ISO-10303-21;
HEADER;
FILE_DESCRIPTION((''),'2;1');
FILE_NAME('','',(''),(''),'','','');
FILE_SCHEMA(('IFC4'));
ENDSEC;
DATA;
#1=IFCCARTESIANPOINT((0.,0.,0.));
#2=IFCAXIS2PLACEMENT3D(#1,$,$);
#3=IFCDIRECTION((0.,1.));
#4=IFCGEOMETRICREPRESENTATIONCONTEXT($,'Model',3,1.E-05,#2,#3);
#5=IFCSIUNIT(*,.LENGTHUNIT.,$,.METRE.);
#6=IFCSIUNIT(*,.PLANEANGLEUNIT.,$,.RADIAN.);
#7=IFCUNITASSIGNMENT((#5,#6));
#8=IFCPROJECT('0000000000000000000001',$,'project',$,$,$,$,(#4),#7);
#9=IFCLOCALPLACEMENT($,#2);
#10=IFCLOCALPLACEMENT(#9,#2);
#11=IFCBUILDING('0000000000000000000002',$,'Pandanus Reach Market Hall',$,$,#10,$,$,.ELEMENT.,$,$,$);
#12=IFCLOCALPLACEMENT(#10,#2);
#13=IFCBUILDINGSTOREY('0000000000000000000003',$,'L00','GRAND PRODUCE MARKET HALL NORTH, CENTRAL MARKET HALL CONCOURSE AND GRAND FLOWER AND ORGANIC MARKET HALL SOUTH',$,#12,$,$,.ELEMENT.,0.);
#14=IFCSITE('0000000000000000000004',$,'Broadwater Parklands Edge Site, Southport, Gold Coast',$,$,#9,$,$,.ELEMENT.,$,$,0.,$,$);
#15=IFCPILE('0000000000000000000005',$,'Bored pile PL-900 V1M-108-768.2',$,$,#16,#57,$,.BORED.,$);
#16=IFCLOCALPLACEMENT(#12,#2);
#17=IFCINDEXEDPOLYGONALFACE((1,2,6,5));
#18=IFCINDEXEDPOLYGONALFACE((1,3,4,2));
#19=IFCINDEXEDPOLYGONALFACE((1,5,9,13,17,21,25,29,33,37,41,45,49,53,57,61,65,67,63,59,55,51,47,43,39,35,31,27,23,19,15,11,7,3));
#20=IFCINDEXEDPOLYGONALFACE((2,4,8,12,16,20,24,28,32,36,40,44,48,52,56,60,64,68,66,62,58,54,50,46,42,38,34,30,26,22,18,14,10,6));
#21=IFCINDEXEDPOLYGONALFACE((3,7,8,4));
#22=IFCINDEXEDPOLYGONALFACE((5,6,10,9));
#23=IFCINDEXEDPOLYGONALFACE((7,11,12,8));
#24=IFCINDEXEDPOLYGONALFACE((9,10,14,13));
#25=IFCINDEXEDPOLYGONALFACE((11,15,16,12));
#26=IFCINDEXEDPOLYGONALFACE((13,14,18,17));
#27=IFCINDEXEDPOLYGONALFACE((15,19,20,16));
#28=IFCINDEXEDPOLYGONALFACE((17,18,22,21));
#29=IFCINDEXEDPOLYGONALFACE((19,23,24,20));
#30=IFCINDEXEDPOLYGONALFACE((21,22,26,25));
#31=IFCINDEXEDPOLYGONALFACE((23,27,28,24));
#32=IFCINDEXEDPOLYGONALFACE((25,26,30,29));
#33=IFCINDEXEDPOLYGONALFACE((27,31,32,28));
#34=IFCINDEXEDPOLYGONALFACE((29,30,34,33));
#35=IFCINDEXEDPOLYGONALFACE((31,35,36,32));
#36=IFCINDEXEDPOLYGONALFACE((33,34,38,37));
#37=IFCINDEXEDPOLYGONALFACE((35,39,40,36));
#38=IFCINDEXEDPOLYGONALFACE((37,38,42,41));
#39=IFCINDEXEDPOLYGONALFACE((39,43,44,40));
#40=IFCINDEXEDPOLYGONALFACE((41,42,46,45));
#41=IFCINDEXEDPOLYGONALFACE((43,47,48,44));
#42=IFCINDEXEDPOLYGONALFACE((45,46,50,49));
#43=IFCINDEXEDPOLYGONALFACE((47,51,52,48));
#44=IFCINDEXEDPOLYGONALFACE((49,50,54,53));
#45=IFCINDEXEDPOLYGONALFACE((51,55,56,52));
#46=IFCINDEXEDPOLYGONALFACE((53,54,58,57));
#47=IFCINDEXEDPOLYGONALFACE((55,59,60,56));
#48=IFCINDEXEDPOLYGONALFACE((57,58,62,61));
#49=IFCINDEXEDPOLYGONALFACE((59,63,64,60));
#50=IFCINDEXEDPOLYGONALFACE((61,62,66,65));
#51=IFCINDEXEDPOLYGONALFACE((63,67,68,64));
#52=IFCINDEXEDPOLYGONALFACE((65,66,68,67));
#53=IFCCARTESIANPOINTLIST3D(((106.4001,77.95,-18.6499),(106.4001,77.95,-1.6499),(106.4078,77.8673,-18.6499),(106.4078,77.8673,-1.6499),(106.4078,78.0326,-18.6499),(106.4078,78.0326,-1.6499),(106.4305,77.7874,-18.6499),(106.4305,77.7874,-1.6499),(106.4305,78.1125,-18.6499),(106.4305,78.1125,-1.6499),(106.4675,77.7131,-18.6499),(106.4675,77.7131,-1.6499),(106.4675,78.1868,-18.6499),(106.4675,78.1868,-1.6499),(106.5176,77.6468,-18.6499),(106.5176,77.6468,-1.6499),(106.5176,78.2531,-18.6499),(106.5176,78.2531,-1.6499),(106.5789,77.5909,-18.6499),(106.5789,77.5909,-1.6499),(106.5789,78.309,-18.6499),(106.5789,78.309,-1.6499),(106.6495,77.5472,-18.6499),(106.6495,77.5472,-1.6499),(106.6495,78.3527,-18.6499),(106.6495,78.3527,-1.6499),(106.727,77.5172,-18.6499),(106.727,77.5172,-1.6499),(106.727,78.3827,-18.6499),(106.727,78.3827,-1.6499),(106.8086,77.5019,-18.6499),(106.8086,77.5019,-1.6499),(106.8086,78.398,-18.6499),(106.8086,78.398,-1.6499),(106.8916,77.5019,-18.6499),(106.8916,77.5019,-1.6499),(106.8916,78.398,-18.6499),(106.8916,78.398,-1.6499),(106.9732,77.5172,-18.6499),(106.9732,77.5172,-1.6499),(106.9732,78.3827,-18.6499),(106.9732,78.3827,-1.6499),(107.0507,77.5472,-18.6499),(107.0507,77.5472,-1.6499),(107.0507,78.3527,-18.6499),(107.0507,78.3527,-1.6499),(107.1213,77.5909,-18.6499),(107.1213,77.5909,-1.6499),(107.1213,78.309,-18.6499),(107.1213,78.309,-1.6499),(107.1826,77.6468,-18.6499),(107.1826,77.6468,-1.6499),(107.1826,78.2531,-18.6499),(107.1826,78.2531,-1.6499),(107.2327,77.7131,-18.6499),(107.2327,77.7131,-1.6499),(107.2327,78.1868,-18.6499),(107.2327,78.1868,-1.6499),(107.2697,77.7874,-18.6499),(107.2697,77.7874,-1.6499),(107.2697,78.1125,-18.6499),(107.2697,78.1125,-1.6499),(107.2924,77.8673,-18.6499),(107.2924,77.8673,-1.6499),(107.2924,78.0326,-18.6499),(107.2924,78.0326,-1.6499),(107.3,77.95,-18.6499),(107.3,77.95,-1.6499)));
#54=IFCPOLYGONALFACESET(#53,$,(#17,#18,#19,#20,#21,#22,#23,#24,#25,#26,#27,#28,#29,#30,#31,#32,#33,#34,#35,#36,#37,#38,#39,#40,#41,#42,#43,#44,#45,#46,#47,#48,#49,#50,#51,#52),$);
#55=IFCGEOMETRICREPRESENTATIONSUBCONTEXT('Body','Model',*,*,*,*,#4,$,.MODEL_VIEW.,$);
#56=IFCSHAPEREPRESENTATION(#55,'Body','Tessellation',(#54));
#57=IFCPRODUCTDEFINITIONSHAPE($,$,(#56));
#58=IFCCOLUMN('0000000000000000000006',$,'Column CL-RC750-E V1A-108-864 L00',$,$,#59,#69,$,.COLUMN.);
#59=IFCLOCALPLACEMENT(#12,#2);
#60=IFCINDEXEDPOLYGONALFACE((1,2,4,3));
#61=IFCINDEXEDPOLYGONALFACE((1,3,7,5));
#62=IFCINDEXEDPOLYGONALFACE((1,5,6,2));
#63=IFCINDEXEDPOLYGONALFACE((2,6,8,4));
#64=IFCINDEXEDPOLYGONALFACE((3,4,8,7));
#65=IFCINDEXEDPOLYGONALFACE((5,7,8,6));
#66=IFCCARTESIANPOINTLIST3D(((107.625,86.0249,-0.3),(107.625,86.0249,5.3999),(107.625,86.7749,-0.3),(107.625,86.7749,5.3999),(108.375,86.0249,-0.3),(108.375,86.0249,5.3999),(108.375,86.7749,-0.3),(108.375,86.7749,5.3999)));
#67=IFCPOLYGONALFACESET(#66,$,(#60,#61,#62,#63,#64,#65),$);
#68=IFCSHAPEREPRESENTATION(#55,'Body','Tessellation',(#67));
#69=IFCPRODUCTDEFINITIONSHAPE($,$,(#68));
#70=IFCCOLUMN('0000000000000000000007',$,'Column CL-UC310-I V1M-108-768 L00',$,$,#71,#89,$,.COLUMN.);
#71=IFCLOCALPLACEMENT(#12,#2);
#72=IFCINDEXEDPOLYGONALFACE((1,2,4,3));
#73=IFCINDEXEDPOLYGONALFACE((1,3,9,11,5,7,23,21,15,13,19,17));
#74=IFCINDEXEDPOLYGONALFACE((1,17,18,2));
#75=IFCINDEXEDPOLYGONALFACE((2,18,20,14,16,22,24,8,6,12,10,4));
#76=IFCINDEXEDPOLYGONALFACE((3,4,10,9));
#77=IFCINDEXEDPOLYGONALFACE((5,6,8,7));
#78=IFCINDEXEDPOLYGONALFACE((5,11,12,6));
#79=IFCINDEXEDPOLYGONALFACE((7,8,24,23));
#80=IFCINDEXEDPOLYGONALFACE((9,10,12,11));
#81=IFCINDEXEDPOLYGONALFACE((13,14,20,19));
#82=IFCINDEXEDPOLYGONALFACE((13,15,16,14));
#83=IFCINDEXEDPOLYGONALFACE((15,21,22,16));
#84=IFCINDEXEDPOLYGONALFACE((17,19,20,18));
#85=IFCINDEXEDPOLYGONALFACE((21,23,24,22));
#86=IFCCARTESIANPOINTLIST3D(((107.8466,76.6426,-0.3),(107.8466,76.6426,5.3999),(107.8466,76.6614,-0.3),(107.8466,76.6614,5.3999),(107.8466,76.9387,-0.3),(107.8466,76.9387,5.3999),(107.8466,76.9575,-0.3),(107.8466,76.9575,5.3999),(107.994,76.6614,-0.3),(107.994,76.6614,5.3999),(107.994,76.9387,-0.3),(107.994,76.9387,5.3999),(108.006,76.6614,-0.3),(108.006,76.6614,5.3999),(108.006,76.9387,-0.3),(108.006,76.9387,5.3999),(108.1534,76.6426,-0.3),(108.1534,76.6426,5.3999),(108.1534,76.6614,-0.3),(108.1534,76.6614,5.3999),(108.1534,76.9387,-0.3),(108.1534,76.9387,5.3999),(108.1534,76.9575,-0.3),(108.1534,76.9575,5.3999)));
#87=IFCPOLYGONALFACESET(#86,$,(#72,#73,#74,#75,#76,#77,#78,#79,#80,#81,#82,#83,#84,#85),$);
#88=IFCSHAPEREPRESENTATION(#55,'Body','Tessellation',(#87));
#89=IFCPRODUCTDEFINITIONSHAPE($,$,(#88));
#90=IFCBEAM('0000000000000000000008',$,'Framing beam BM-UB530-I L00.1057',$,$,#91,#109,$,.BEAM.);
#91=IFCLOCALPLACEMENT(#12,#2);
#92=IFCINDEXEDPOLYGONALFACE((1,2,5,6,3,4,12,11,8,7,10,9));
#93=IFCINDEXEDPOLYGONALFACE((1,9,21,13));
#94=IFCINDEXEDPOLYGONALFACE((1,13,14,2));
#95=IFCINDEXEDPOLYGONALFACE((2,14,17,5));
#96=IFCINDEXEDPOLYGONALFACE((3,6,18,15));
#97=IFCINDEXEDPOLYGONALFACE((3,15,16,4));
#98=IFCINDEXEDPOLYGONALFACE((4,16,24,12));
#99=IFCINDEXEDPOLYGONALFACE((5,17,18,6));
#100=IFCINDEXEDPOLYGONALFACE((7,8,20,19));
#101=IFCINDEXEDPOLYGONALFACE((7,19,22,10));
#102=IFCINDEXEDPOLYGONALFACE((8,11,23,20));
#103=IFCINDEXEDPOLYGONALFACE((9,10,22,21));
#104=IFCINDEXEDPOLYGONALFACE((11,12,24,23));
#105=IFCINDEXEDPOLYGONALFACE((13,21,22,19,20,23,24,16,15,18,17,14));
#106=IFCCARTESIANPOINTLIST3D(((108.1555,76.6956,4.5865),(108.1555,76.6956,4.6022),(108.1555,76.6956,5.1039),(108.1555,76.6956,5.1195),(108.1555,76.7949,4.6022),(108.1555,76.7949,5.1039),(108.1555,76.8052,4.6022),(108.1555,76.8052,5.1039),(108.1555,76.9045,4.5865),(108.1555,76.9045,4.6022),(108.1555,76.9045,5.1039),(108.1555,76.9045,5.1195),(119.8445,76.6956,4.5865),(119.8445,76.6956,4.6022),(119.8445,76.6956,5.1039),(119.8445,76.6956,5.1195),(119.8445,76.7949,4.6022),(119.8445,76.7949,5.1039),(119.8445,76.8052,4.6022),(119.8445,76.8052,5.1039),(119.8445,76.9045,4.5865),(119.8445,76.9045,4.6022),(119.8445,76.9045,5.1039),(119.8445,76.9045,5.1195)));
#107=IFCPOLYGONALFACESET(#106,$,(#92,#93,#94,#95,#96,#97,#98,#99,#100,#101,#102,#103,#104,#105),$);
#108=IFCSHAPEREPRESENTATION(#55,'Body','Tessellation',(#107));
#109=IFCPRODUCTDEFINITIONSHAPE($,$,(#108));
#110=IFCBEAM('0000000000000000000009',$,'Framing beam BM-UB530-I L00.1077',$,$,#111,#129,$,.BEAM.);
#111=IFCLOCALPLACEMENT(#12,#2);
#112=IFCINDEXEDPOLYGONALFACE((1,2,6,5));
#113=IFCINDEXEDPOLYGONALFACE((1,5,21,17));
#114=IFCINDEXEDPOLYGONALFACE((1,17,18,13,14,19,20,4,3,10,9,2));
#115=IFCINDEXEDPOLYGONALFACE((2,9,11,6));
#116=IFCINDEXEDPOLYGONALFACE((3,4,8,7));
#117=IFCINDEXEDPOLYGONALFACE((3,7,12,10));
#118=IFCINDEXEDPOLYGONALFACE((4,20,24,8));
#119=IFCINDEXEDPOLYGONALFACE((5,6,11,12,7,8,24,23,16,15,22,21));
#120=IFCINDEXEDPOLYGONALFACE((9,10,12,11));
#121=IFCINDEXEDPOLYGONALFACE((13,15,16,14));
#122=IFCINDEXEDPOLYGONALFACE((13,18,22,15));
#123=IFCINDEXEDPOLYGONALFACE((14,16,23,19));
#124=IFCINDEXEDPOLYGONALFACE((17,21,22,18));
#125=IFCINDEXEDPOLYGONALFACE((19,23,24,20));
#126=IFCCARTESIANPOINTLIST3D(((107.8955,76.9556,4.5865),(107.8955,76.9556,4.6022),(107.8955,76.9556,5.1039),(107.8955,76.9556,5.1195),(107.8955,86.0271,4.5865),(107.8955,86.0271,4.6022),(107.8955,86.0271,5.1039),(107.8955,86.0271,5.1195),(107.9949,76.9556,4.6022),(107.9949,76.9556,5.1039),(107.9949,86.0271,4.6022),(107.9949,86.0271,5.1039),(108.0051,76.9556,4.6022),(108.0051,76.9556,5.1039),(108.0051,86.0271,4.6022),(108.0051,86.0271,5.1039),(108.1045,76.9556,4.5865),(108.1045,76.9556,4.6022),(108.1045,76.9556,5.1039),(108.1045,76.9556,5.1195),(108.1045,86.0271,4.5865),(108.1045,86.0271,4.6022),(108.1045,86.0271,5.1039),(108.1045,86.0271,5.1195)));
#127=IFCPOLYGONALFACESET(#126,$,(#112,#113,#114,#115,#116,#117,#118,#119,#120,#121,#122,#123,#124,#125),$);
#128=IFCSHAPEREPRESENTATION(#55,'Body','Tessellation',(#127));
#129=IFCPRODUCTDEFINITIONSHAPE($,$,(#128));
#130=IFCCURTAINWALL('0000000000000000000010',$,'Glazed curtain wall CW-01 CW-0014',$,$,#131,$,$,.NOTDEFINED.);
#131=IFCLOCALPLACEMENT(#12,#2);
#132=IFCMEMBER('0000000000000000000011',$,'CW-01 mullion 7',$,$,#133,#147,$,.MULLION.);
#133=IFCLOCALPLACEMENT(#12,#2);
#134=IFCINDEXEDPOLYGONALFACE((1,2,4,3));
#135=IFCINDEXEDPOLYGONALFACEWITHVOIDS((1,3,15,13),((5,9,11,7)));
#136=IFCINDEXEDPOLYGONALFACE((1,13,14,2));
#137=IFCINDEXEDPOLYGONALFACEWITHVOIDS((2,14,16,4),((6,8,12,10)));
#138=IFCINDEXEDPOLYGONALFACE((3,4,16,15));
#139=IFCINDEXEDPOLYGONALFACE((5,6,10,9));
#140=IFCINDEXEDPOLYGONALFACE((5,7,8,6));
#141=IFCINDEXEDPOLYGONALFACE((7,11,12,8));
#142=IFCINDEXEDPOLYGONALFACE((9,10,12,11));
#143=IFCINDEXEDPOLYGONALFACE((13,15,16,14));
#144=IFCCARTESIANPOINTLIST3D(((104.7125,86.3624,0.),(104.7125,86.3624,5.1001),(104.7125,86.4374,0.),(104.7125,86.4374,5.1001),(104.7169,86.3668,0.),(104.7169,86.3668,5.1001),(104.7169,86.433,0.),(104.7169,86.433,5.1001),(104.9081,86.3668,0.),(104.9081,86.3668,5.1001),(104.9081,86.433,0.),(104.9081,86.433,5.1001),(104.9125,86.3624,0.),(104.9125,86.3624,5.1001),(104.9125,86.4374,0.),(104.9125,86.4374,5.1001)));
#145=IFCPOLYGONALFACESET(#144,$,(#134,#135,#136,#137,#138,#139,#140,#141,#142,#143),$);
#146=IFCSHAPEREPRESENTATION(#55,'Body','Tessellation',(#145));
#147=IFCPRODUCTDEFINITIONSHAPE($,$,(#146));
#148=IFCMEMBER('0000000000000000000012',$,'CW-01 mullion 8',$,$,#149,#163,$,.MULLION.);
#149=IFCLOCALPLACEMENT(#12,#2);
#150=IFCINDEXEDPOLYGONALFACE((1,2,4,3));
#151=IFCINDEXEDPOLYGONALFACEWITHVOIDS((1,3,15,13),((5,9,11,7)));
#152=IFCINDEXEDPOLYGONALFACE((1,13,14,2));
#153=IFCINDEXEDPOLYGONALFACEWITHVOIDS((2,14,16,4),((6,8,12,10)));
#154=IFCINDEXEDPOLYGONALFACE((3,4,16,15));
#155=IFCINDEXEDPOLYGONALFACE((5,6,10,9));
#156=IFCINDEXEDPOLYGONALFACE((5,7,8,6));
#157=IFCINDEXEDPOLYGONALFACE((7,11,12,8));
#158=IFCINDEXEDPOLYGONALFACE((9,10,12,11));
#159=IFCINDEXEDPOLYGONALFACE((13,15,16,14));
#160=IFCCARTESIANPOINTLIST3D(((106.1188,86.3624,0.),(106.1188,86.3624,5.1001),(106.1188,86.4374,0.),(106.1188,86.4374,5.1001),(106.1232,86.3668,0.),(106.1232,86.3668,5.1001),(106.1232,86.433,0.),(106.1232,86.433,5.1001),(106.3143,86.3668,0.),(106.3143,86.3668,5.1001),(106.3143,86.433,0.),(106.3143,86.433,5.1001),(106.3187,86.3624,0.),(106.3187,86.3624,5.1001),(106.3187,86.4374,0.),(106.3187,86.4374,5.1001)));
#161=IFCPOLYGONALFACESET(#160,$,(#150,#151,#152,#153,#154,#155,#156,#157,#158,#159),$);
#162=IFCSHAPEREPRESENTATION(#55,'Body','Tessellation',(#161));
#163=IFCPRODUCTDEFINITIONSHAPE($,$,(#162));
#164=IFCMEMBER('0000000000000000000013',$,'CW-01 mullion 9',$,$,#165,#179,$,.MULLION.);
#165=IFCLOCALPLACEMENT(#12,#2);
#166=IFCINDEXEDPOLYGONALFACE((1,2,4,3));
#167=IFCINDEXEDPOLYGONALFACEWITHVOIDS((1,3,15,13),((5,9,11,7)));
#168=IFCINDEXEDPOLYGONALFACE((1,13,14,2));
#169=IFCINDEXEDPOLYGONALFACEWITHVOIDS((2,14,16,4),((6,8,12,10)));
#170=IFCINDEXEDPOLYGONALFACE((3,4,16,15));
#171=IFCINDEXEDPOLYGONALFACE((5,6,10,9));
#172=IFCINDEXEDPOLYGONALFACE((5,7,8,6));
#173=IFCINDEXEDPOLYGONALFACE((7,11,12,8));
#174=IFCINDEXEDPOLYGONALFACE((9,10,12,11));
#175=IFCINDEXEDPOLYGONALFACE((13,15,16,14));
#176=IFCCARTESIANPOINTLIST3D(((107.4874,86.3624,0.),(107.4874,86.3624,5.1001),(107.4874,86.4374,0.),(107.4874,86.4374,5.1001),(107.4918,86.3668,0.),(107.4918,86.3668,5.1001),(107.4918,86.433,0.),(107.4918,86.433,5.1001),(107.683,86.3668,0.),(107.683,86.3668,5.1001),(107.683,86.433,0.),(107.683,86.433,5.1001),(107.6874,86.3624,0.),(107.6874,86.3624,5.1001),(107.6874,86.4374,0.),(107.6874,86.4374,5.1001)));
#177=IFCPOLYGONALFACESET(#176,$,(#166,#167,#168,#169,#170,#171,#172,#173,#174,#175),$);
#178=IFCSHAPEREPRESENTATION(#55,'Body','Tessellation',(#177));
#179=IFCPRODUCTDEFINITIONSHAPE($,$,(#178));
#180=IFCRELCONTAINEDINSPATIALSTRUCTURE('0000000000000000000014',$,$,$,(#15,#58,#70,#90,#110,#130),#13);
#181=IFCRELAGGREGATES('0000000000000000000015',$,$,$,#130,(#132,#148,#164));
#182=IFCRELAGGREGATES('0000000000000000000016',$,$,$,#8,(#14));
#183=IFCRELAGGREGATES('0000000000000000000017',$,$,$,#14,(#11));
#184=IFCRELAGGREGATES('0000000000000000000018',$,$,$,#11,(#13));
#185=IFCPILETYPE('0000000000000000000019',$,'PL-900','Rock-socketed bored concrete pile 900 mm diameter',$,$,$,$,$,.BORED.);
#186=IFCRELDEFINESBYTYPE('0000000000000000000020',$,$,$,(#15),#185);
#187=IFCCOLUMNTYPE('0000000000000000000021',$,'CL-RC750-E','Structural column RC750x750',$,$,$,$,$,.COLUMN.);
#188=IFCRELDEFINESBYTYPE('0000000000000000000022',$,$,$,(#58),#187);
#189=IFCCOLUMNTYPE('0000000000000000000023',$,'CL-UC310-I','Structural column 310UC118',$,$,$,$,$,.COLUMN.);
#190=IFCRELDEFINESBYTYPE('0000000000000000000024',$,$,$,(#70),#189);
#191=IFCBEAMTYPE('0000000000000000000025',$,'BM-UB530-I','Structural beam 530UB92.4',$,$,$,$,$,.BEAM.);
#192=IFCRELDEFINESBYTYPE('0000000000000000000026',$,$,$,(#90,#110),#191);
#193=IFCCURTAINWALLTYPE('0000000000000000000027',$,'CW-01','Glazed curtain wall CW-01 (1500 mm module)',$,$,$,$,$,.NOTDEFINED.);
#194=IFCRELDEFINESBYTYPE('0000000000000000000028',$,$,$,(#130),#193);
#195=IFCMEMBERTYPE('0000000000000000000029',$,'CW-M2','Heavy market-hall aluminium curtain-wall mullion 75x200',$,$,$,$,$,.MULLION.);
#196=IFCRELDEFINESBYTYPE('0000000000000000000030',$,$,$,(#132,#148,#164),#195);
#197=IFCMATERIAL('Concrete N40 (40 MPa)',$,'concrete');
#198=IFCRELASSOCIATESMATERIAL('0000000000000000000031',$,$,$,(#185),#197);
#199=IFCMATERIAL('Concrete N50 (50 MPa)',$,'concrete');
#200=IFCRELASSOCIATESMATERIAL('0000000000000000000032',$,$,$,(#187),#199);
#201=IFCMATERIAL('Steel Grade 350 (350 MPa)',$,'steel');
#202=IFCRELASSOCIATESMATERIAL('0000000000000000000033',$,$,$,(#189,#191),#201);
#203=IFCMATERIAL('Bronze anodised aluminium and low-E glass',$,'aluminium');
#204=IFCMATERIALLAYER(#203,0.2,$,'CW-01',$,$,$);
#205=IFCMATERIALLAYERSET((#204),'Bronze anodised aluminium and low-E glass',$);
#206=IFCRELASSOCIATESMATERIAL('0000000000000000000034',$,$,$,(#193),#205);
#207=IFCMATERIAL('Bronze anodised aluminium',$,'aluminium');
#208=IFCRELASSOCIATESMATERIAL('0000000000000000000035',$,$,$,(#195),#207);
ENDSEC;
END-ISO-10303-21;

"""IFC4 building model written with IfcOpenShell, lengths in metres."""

from ifc_helpers import new_model, si_unit, direction, frame, origin, origin_2d, place, context, subcontext, project, spatial, rectangle, hollow_rectangle, circle, i_section, extrude, material, layer, layer_set, material_profile, profile_set, type_object, element, aggregate, save


model = new_model("IFC4")

# Units and contexts
model_context = context("Model", 3, precision=1e-05, world=origin(), true_north=direction((0.0, 1.0)))
body_context = subcontext(model_context, "Body", "Model", "MODEL_VIEW")
ifc_project = project(units=[si_unit("LENGTHUNIT", "METRE"), si_unit("PLANEANGLEUNIT", "RADIAN")], contexts=[model_context])

# Site, building, storey
site_placement = place(None, origin())
site = spatial("IfcSite", under=ifc_project, at=site_placement, Name="Broadwater Parklands Edge Site, Southport, Gold Coast", CompositionType="ELEMENT", RefElevation=0.0)
building_placement = place(site_placement, origin())
building = spatial("IfcBuilding", under=site, at=building_placement, Name="Pandanus Reach Market Hall", CompositionType="ELEMENT")
storey_placement = place(building_placement, origin())
storey = spatial("IfcBuildingStorey", under=building, at=storey_placement, Name="L00", Description="GRAND PRODUCE MARKET HALL NORTH, CENTRAL MARKET HALL CONCOURSE AND GRAND FLOWER AND ORGANIC MARKET HALL SOUTH", CompositionType="ELEMENT", Elevation=0.0)

# Shared definitions
ifc_material_1 = material(Name="Concrete N40 (40 MPa)", Category="concrete")

# Pile
ifc_material_profile_1 = material_profile(ifc_material_1, circle(Radius=0.45, at=origin_2d()), Name="PILE-900D", Category="LoadBearing")
ifc_profile_set_1 = profile_set([ifc_material_profile_1], Name="Concrete N40 (40 MPa)")
pile_type_1 = type_object("IfcPileType", Name="PL-900", Description="Rock-socketed bored concrete pile 900 mm diameter", PredefinedType="BORED", material=ifc_profile_set_1)
for number, where, z_axis, x_axis, name in (
    (1, (106.8501, 77.95, -1.6499), (0.0, 0.0, -1.0), (1.0, 0.0, 0.0), "Bored pile PL-900 V1M-108-768.2"),
):
    element("IfcPile", number, at=place(storey_placement, frame(where, z_axis=z_axis, x_axis=x_axis)), inside=storey, type_object=pile_type_1, Name=name, PredefinedType="BORED", context=body_context, shape_type="SweptSolid", body=[
        extrude(circle(Radius=0.45, at=origin_2d()), origin(), (0.0, 0.0, 1.0), 17.0),
    ])

# Columns
ifc_material_2 = material(Name="Concrete N50 (50 MPa)", Category="concrete")
ifc_material_profile_2 = material_profile(ifc_material_2, rectangle(XDim=0.75, YDim=0.75, at=origin_2d()), Name="RC750x750", Category="LoadBearing")
ifc_profile_set_2 = profile_set([ifc_material_profile_2], Name="Concrete N50 (50 MPa)")
column_type_1 = type_object("IfcColumnType", Name="CL-RC750-E", Description="Structural column RC750x750", PredefinedType="COLUMN", material=ifc_profile_set_2)
column_1_placement = place(storey_placement, frame((108.0, 86.3999, -0.3), z_axis=(0.0, 0.0, 1.0), x_axis=(1.0, 0.0, 0.0)))
element("IfcColumn", 2, at=column_1_placement, inside=storey, type_object=column_type_1, Name="Column CL-RC750-E V1A-108-864 L00", PredefinedType="COLUMN", context=body_context, shape_type="SweptSolid", body=[
    extrude(rectangle(XDim=0.75, YDim=0.75, at=origin_2d()), origin(), (0.0, 0.0, 1.0), 5.7),
])
ifc_material_3 = material(Name="Steel Grade 350 (350 MPa)", Category="steel")
ifc_material_profile_3 = material_profile(ifc_material_3, i_section(OverallWidth=0.3069, OverallDepth=0.3149, WebThickness=0.012, FlangeThickness=0.0188, at=origin_2d()), Name="310UC118", Category="LoadBearing")
ifc_profile_set_3 = profile_set([ifc_material_profile_3], Name="Steel Grade 350 (350 MPa)")
column_type_2 = type_object("IfcColumnType", Name="CL-UC310-I", Description="Structural column 310UC118", PredefinedType="COLUMN", material=ifc_profile_set_3)
column_2_placement = place(storey_placement, frame((108.0, 76.8, -0.3), z_axis=(0.0, 0.0, 1.0), x_axis=(1.0, 0.0, 0.0)))
element("IfcColumn", 3, at=column_2_placement, inside=storey, type_object=column_type_2, Name="Column CL-UC310-I V1M-108-768 L00", PredefinedType="COLUMN", context=body_context, shape_type="SweptSolid", body=[
    extrude(i_section(OverallWidth=0.3069, OverallDepth=0.3149, WebThickness=0.012, FlangeThickness=0.0188, at=origin_2d()), origin(), (0.0, 0.0, 1.0), 5.7),
])

# Beams
ifc_material_profile_4 = material_profile(ifc_material_3, i_section(OverallWidth=0.209, OverallDepth=0.533, WebThickness=0.0103, FlangeThickness=0.0156, at=origin_2d()), Name="530UB92.4", Category="LoadBearing")
ifc_profile_set_4 = profile_set([ifc_material_profile_4], Name="Steel Grade 350 (350 MPa)")
beam_type_1 = type_object("IfcBeamType", Name="BM-UB530-I", Description="Structural beam 530UB92.4", PredefinedType="BEAM", material=ifc_profile_set_4)
beam_1_placement = place(storey_placement, frame((108.1555, 76.8, 4.853), z_axis=(1.0, 0.0, 0.0), x_axis=(0.0, 1.0, 0.0)))
element("IfcBeam", 4, at=beam_1_placement, inside=storey, type_object=beam_type_1, Name="Framing beam BM-UB530-I L00.1057", PredefinedType="BEAM", context=body_context, shape_type="SweptSolid", body=[
    extrude(i_section(OverallWidth=0.209, OverallDepth=0.533, WebThickness=0.0103, FlangeThickness=0.0156, at=origin_2d()), origin(), (0.0, 0.0, 1.0), 11.689),
])
beam_2_placement = place(storey_placement, frame((108.0, 76.9556, 4.853), z_axis=(0.0, 1.0, 0.0), x_axis=(-1.0, 0.0, 0.0)))
element("IfcBeam", 5, at=beam_2_placement, inside=storey, type_object=beam_type_1, Name="Framing beam BM-UB530-I L00.1077", PredefinedType="BEAM", context=body_context, shape_type="SweptSolid", body=[
    extrude(i_section(OverallWidth=0.209, OverallDepth=0.533, WebThickness=0.0103, FlangeThickness=0.0156, at=origin_2d()), origin(), (0.0, 0.0, 1.0), 9.0715),
])

# Curtain wall, members
ifc_material_4 = material(Name="Bronze anodised aluminium and low-E glass", Category="aluminium")
ifc_layer_1 = layer(ifc_material_4, 0.2, Name="CW-01")
ifc_layer_set_1 = layer_set([ifc_layer_1], Name="Bronze anodised aluminium and low-E glass")
curtain_wall_type = type_object("IfcCurtainWallType", Name="CW-01", Description="Glazed curtain wall CW-01 (1500 mm module)", PredefinedType="NOTDEFINED", material=ifc_layer_set_1)
curtain_wall_placement = place(storey_placement, origin())
curtain_wall = element("IfcCurtainWall", 6, at=curtain_wall_placement, inside=storey, type_object=curtain_wall_type, Name="Glazed curtain wall CW-01 CW-0014", PredefinedType="NOTDEFINED")
ifc_material_5 = material(Name="Bronze anodised aluminium", Category="aluminium")
ifc_material_profile_5 = material_profile(ifc_material_5, hollow_rectangle(XDim=0.075, YDim=0.2, WallThickness=0.0044, at=origin_2d()), Name="ALU75x200", Category="LoadBearing")
ifc_profile_set_5 = profile_set([ifc_material_profile_5], Name="Bronze anodised aluminium")
member_type_1 = type_object("IfcMemberType", Name="CW-M2", Description="Heavy market-hall aluminium curtain-wall mullion 75x200", PredefinedType="MULLION", material=ifc_profile_set_5)
member_1_placement = place(storey_placement, frame((104.8125, 86.3999, 0.0), z_axis=(0.0, 0.0, 1.0), x_axis=(0.0, 1.0, 0.0)))
member_1 = element("IfcMember", 7, at=member_1_placement, type_object=member_type_1, Name="CW-01 mullion 7", PredefinedType="MULLION", context=body_context, shape_type="SweptSolid", body=[
    extrude(hollow_rectangle(XDim=0.075, YDim=0.2, WallThickness=0.0044, at=origin_2d()), origin(), (0.0, 0.0, 1.0), 5.1001),
])
member_2_placement = place(storey_placement, frame((106.2188, 86.3999, 0.0), z_axis=(0.0, 0.0, 1.0), x_axis=(0.0, 1.0, 0.0)))
member_2 = element("IfcMember", 8, at=member_2_placement, type_object=member_type_1, Name="CW-01 mullion 8", PredefinedType="MULLION", context=body_context, shape_type="SweptSolid", body=[
    extrude(hollow_rectangle(XDim=0.075, YDim=0.2, WallThickness=0.0044, at=origin_2d()), origin(), (0.0, 0.0, 1.0), 5.1001),
])
member_3_placement = place(storey_placement, frame((107.5874, 86.3999, 0.0), z_axis=(0.0, 0.0, 1.0), x_axis=(0.0, 1.0, 0.0)))
member_3 = element("IfcMember", 9, at=member_3_placement, type_object=member_type_1, Name="CW-01 mullion 9", PredefinedType="MULLION", context=body_context, shape_type="SweptSolid", body=[
    extrude(hollow_rectangle(XDim=0.075, YDim=0.2, WallThickness=0.0044, at=origin_2d()), origin(), (0.0, 0.0, 1.0), 5.1001),
])

aggregate(curtain_wall, [member_1, member_2, member_3])

save(model, "model.ifc")
